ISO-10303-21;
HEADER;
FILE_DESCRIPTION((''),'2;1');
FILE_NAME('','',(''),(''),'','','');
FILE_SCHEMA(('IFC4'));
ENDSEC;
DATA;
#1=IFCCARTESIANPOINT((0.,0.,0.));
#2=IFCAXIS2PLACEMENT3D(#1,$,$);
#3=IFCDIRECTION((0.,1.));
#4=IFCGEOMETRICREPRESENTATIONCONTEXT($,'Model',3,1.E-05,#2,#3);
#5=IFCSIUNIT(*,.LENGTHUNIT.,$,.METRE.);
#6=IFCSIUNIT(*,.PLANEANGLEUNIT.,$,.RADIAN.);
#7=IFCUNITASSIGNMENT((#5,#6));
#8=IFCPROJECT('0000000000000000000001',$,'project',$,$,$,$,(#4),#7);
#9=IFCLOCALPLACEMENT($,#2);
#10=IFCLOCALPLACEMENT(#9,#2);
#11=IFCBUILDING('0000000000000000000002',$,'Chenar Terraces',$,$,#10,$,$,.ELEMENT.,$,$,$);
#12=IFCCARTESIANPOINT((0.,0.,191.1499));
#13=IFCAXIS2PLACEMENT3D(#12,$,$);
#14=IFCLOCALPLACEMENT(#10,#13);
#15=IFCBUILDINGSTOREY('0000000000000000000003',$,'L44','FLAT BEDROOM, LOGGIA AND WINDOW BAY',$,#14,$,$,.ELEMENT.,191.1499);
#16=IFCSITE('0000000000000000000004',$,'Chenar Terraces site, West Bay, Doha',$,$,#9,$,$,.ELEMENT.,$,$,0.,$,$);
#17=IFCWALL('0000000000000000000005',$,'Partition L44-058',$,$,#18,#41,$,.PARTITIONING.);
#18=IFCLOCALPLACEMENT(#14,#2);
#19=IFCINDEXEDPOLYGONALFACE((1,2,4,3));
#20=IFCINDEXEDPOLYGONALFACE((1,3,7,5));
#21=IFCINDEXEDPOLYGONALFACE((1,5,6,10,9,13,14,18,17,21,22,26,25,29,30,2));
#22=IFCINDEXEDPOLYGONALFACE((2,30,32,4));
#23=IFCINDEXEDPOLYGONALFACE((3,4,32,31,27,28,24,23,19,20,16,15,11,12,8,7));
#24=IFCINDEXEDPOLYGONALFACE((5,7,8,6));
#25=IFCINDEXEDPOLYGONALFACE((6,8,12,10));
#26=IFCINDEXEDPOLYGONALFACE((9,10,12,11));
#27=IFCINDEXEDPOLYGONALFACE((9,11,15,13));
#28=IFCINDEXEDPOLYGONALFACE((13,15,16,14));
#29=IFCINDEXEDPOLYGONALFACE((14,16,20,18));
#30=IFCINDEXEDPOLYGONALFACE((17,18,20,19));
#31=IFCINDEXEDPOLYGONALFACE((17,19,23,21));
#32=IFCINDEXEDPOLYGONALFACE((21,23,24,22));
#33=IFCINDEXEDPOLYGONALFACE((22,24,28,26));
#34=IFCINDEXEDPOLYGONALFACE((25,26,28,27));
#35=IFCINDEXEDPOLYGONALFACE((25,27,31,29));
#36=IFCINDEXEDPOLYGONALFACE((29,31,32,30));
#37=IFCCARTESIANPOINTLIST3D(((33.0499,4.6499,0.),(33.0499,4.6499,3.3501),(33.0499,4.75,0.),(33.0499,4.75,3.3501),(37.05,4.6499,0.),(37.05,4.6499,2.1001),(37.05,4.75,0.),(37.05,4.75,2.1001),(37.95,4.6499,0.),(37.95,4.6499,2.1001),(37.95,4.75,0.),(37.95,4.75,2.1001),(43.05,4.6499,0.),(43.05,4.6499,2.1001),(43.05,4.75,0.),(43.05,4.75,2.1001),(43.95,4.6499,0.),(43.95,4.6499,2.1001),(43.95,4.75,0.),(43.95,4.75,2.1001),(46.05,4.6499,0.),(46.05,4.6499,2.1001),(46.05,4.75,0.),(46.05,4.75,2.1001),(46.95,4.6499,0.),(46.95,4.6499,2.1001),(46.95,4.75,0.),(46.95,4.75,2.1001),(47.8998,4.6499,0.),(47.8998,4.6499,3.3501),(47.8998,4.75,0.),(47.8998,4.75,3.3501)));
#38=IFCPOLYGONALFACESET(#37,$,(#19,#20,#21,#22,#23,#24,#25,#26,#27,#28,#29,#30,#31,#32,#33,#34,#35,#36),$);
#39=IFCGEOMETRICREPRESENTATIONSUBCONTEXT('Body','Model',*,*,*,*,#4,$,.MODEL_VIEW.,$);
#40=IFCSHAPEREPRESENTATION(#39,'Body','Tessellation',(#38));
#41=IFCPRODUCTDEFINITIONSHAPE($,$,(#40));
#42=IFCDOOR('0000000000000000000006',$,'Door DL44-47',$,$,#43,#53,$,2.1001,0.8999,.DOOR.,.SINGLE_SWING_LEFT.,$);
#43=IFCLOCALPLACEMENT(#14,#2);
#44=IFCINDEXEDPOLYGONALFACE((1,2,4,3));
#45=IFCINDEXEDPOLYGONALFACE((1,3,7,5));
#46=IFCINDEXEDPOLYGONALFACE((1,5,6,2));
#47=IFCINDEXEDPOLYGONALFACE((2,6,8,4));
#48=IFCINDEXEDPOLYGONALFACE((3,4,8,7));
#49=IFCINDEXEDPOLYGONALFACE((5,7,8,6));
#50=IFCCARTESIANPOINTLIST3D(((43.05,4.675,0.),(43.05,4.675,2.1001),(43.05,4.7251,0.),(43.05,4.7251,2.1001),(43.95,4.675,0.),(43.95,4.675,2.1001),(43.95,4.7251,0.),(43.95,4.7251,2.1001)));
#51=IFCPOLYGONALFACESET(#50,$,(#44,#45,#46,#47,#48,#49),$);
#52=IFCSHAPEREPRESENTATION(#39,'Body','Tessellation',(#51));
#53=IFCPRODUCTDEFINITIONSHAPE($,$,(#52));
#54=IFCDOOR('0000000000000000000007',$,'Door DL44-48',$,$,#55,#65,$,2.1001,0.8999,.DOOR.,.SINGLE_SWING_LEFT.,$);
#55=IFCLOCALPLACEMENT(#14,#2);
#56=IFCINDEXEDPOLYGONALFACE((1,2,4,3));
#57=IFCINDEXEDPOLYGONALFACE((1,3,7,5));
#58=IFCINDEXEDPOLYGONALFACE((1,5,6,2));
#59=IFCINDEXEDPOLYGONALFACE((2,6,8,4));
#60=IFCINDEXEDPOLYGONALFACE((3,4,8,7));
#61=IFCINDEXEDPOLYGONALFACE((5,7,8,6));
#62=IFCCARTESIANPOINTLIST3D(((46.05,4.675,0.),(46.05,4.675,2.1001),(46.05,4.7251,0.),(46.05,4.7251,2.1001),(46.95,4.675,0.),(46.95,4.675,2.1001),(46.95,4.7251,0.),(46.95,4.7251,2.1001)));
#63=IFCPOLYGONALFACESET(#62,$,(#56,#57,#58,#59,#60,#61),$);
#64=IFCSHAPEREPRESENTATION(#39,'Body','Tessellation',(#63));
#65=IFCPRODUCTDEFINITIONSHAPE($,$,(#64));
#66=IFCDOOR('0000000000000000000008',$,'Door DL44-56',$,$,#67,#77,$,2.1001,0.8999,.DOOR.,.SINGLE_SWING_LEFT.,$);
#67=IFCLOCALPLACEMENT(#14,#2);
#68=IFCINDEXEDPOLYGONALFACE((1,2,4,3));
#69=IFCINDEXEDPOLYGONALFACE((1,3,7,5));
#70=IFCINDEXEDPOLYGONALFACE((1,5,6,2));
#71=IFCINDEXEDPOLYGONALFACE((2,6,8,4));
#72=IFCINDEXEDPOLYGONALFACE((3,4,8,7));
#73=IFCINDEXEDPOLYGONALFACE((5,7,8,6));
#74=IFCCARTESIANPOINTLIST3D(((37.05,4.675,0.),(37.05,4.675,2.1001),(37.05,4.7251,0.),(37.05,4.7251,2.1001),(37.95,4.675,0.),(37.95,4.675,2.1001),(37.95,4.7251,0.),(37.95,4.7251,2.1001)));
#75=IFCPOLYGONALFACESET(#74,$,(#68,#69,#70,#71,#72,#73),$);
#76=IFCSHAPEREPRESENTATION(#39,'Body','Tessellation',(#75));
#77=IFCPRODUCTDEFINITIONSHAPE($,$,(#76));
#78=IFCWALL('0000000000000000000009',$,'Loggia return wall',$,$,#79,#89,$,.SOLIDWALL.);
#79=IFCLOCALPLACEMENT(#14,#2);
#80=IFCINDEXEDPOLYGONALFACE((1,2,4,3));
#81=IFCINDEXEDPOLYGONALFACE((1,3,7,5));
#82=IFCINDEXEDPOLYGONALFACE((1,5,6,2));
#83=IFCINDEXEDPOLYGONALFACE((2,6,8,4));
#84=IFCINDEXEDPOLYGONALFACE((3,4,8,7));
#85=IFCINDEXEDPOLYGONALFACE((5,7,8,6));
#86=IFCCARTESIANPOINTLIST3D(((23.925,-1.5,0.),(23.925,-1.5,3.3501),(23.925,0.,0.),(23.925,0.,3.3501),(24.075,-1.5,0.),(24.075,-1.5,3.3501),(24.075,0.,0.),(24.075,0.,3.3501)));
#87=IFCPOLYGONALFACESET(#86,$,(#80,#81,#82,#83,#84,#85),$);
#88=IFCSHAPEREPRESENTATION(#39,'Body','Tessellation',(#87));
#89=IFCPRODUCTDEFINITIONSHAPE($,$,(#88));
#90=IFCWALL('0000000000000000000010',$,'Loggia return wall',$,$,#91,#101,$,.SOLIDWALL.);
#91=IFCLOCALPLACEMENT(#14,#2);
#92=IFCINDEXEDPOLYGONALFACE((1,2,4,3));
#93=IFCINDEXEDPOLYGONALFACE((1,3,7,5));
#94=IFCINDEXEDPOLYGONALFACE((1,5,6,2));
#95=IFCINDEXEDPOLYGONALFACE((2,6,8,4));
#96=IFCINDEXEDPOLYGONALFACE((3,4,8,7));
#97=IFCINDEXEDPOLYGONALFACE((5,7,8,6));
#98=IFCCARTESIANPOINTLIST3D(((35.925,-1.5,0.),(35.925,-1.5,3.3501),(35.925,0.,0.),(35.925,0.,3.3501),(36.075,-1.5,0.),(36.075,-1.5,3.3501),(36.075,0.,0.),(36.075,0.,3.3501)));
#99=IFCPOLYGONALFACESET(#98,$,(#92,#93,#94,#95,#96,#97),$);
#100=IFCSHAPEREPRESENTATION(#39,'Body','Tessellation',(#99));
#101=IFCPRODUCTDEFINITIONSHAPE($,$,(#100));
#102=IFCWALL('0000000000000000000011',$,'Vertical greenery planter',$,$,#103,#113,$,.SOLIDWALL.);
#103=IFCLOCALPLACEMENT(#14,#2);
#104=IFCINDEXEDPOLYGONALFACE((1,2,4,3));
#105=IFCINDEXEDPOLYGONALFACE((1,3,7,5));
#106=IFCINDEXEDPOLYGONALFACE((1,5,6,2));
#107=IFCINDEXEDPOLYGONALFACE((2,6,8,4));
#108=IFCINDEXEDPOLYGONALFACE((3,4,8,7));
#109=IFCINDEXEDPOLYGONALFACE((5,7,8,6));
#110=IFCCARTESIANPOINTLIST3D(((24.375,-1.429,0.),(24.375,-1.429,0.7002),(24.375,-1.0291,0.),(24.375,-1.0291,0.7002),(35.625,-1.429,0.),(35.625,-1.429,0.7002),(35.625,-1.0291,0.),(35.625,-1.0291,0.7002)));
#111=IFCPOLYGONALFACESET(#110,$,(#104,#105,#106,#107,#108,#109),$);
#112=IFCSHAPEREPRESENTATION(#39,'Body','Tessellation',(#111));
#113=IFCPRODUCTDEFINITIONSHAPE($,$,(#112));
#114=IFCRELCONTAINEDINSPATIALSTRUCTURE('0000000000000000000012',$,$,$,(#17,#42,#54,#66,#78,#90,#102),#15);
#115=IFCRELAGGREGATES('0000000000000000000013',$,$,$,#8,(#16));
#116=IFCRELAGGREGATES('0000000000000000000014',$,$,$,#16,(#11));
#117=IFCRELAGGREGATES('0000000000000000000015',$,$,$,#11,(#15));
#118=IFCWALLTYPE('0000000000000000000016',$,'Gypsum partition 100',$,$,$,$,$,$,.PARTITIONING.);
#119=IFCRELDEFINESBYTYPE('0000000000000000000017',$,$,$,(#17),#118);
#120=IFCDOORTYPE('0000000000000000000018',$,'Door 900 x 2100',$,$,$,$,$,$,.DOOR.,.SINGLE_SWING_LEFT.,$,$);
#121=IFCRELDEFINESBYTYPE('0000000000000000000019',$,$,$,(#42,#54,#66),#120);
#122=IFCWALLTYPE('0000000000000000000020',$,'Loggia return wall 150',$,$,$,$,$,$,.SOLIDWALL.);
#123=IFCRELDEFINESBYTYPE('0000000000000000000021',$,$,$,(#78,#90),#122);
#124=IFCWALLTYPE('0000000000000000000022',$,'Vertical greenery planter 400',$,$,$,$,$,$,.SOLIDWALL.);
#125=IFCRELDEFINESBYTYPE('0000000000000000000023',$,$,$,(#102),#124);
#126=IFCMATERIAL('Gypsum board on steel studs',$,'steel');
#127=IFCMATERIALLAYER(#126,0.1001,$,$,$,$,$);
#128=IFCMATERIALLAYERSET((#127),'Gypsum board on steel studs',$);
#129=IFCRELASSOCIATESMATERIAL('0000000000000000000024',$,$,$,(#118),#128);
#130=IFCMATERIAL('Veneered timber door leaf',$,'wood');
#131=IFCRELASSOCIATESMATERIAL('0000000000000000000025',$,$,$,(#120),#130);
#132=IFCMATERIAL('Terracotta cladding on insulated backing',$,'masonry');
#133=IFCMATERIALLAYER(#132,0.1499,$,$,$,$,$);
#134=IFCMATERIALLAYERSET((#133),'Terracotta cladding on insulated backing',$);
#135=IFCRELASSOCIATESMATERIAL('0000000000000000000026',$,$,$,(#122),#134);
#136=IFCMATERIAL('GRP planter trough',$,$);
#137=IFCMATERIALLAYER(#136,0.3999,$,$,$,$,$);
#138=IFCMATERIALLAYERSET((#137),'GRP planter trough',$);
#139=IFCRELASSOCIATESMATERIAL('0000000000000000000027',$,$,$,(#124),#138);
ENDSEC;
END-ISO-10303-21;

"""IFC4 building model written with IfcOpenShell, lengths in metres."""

from ifc_helpers import new_model, si_unit, direction, frame, frame_2d, origin, place, context, subcontext, project, spatial, rectangle, extrude, material, layer, layer_set, type_object, element, fill, save


model = new_model("IFC4")

# Units and contexts
model_context = context("Model", 3, precision=1e-05, world=origin(), true_north=direction((0.0, 1.0)))
body_context = subcontext(model_context, "Body", "Model", "MODEL_VIEW")
ifc_project = project(units=[si_unit("LENGTHUNIT", "METRE"), si_unit("PLANEANGLEUNIT", "RADIAN")], contexts=[model_context])

# Site, building, storey
site_placement = place(None, origin())
site = spatial("IfcSite", under=ifc_project, at=site_placement, Name="Chenar Terraces site, West Bay, Doha", CompositionType="ELEMENT", RefElevation=0.0)
building_placement = place(site_placement, origin())
building = spatial("IfcBuilding", under=site, at=building_placement, Name="Chenar Terraces", CompositionType="ELEMENT")
storey_placement = place(building_placement, frame((0.0, 0.0, 191.1499)))
storey = spatial("IfcBuildingStorey", under=building, at=storey_placement, Name="L44", Description="FLAT BEDROOM, LOGGIA AND WINDOW BAY", CompositionType="ELEMENT", Elevation=191.1499)

# Shared definitions
ifc_material_1 = material(Name="Gypsum board on steel studs", Category="steel")
ifc_layer_1 = layer(ifc_material_1, 0.1001)
ifc_layer_set_1 = layer_set([ifc_layer_1], Name="Gypsum board on steel studs")
wall_type_1 = type_object("IfcWallType", Name="Gypsum partition 100", PredefinedType="PARTITIONING", material=ifc_layer_set_1)

# Shared definitions
ifc_material_2 = material(Name="Veneered timber door leaf", Category="wood")
door_type_1 = type_object("IfcDoorType", Name="Door 900 x 2100", OperationType="SINGLE_SWING_LEFT", PredefinedType="DOOR", material=ifc_material_2)

# Wall, openings, doors
wall_1_placement = place(storey_placement, frame((33.05, 4.7, 0.0), z_axis=(0.0, 0.0, 1.0), x_axis=(1.0, 0.0, 0.0)))
wall_1 = element("IfcWall", 1, at=wall_1_placement, inside=storey, type_object=wall_type_1, Name="Partition L44-058", PredefinedType="PARTITIONING", context=body_context, shape_type="SweptSolid", body=[
    extrude(rectangle(XDim=14.8499, YDim=0.1001, at=frame_2d((7.4248, 0.0))), origin(), (0.0, 0.0, 1.0), 3.3501),
])
opening_1_placement = place(wall_1_placement, frame((10.0, 0.0, 0.0)))
opening_1 = element("IfcOpeningElement", 2, at=opening_1_placement, cuts=wall_1, PredefinedType="OPENING", context=body_context, shape_type="SweptSolid", body=[
    extrude(rectangle(XDim=0.8999, YDim=2.1001, at=frame_2d((0.45, 1.05))), frame((0.0, 0.0601, 0.0), z_axis=(0.0, -1.0, 0.0), x_axis=(1.0, 0.0, 0.0)), (0.0, 0.0, 1.0), 0.1201),
])
opening_2_placement = place(wall_1_placement, frame((13.0, 0.0, 0.0)))
opening_2 = element("IfcOpeningElement", 3, at=opening_2_placement, cuts=wall_1, PredefinedType="OPENING", context=body_context, shape_type="SweptSolid", body=[
    extrude(rectangle(XDim=0.8999, YDim=2.1001, at=frame_2d((0.45, 1.05))), frame((0.0, 0.0601, 0.0), z_axis=(0.0, -1.0, 0.0), x_axis=(1.0, 0.0, 0.0)), (0.0, 0.0, 1.0), 0.1201),
])
opening_3_placement = place(wall_1_placement, frame((4.0, 0.0, 0.0)))
opening_3 = element("IfcOpeningElement", 4, at=opening_3_placement, cuts=wall_1, PredefinedType="OPENING", context=body_context, shape_type="SweptSolid", body=[
    extrude(rectangle(XDim=0.8999, YDim=2.1001, at=frame_2d((0.45, 1.05))), frame((0.0, 0.0601, 0.0), z_axis=(0.0, -1.0, 0.0), x_axis=(1.0, 0.0, 0.0)), (0.0, 0.0, 1.0), 0.1201),
])
door_1_placement = place(opening_1_placement, frame((0.8999, 0.0, 0.0), z_axis=(0.0, 0.0, 1.0), x_axis=(-1.0, 0.0, 0.0)))
door_1 = element("IfcDoor", 5, at=door_1_placement, inside=storey, type_object=door_type_1, Name="Door DL44-47", OperationType="SINGLE_SWING_LEFT", OverallHeight=2.1001, OverallWidth=0.8999, PredefinedType="DOOR", context=body_context, shape_type="SweptSolid", body=[
    extrude(rectangle(XDim=0.8999, YDim=2.1001, at=frame_2d((0.45, 1.05))), frame((0.0, 0.0249, 0.0), z_axis=(0.0, -1.0, 0.0), x_axis=(1.0, 0.0, 0.0)), (0.0, 0.0, 1.0), 0.05),
])
fill(opening_1, door_1)
door_2_placement = place(opening_2_placement, frame((0.8999, 0.0, 0.0), z_axis=(0.0, 0.0, 1.0), x_axis=(-1.0, 0.0, 0.0)))
door_2 = element("IfcDoor", 6, at=door_2_placement, inside=storey, type_object=door_type_1, Name="Door DL44-48", OperationType="SINGLE_SWING_LEFT", OverallHeight=2.1001, OverallWidth=0.8999, PredefinedType="DOOR", context=body_context, shape_type="SweptSolid", body=[
    extrude(rectangle(XDim=0.8999, YDim=2.1001, at=frame_2d((0.45, 1.05))), frame((0.0, 0.0249, 0.0), z_axis=(0.0, -1.0, 0.0), x_axis=(1.0, 0.0, 0.0)), (0.0, 0.0, 1.0), 0.05),
])
fill(opening_2, door_2)
door_3_placement = place(opening_3_placement, frame((0.8999, 0.0, 0.0), z_axis=(0.0, 0.0, 1.0), x_axis=(-1.0, 0.0, 0.0)))
door_3 = element("IfcDoor", 7, at=door_3_placement, inside=storey, type_object=door_type_1, Name="Door DL44-56", OperationType="SINGLE_SWING_LEFT", OverallHeight=2.1001, OverallWidth=0.8999, PredefinedType="DOOR", context=body_context, shape_type="SweptSolid", body=[
    extrude(rectangle(XDim=0.8999, YDim=2.1001, at=frame_2d((0.45, 1.05))), frame((0.0, 0.0249, 0.0), z_axis=(0.0, -1.0, 0.0), x_axis=(1.0, 0.0, 0.0)), (0.0, 0.0, 1.0), 0.05),
])
fill(opening_3, door_3)

# Walls
ifc_material_3 = material(Name="Terracotta cladding on insulated backing", Category="masonry")
ifc_layer_2 = layer(ifc_material_3, 0.1499)
ifc_layer_set_2 = layer_set([ifc_layer_2], Name="Terracotta cladding on insulated backing")
wall_type_2 = type_object("IfcWallType", Name="Loggia return wall 150", PredefinedType="SOLIDWALL", material=ifc_layer_set_2)
for number, where, z_axis, x_axis, name in (
    (8, (24.0, -1.5, 0.0), (0.0, 0.0, 1.0), (0.0, 1.0, 0.0), "Loggia return wall"),
    (9, (36.0, -1.5, 0.0), (0.0, 0.0, 1.0), (0.0, 1.0, 0.0), "Loggia return wall"),
):
    element("IfcWall", number, at=place(storey_placement, frame(where, z_axis=z_axis, x_axis=x_axis)), inside=storey, type_object=wall_type_2, Name=name, PredefinedType="SOLIDWALL", context=body_context, shape_type="SweptSolid", body=[
        extrude(rectangle(XDim=1.5, YDim=0.1499, at=frame_2d((0.75, 0.0))), origin(), (0.0, 0.0, 1.0), 3.3501),
    ])
ifc_material_4 = material(Name="GRP planter trough")
ifc_layer_3 = layer(ifc_material_4, 0.3999)
ifc_layer_set_3 = layer_set([ifc_layer_3], Name="GRP planter trough")
wall_type_3 = type_object("IfcWallType", Name="Vertical greenery planter 400", PredefinedType="SOLIDWALL", material=ifc_layer_set_3)
wall_2_placement = place(storey_placement, frame((24.375, -1.229, 0.0), z_axis=(0.0, 0.0, 1.0), x_axis=(1.0, 0.0, 0.0)))
element("IfcWall", 10, at=wall_2_placement, inside=storey, type_object=wall_type_3, Name="Vertical greenery planter", PredefinedType="SOLIDWALL", context=body_context, shape_type="SweptSolid", body=[
    extrude(rectangle(XDim=11.25, YDim=0.3999, at=frame_2d((5.625, 0.0))), origin(), (0.0, 0.0, 1.0), 0.7002),
])

save(model, "model.ifc")
